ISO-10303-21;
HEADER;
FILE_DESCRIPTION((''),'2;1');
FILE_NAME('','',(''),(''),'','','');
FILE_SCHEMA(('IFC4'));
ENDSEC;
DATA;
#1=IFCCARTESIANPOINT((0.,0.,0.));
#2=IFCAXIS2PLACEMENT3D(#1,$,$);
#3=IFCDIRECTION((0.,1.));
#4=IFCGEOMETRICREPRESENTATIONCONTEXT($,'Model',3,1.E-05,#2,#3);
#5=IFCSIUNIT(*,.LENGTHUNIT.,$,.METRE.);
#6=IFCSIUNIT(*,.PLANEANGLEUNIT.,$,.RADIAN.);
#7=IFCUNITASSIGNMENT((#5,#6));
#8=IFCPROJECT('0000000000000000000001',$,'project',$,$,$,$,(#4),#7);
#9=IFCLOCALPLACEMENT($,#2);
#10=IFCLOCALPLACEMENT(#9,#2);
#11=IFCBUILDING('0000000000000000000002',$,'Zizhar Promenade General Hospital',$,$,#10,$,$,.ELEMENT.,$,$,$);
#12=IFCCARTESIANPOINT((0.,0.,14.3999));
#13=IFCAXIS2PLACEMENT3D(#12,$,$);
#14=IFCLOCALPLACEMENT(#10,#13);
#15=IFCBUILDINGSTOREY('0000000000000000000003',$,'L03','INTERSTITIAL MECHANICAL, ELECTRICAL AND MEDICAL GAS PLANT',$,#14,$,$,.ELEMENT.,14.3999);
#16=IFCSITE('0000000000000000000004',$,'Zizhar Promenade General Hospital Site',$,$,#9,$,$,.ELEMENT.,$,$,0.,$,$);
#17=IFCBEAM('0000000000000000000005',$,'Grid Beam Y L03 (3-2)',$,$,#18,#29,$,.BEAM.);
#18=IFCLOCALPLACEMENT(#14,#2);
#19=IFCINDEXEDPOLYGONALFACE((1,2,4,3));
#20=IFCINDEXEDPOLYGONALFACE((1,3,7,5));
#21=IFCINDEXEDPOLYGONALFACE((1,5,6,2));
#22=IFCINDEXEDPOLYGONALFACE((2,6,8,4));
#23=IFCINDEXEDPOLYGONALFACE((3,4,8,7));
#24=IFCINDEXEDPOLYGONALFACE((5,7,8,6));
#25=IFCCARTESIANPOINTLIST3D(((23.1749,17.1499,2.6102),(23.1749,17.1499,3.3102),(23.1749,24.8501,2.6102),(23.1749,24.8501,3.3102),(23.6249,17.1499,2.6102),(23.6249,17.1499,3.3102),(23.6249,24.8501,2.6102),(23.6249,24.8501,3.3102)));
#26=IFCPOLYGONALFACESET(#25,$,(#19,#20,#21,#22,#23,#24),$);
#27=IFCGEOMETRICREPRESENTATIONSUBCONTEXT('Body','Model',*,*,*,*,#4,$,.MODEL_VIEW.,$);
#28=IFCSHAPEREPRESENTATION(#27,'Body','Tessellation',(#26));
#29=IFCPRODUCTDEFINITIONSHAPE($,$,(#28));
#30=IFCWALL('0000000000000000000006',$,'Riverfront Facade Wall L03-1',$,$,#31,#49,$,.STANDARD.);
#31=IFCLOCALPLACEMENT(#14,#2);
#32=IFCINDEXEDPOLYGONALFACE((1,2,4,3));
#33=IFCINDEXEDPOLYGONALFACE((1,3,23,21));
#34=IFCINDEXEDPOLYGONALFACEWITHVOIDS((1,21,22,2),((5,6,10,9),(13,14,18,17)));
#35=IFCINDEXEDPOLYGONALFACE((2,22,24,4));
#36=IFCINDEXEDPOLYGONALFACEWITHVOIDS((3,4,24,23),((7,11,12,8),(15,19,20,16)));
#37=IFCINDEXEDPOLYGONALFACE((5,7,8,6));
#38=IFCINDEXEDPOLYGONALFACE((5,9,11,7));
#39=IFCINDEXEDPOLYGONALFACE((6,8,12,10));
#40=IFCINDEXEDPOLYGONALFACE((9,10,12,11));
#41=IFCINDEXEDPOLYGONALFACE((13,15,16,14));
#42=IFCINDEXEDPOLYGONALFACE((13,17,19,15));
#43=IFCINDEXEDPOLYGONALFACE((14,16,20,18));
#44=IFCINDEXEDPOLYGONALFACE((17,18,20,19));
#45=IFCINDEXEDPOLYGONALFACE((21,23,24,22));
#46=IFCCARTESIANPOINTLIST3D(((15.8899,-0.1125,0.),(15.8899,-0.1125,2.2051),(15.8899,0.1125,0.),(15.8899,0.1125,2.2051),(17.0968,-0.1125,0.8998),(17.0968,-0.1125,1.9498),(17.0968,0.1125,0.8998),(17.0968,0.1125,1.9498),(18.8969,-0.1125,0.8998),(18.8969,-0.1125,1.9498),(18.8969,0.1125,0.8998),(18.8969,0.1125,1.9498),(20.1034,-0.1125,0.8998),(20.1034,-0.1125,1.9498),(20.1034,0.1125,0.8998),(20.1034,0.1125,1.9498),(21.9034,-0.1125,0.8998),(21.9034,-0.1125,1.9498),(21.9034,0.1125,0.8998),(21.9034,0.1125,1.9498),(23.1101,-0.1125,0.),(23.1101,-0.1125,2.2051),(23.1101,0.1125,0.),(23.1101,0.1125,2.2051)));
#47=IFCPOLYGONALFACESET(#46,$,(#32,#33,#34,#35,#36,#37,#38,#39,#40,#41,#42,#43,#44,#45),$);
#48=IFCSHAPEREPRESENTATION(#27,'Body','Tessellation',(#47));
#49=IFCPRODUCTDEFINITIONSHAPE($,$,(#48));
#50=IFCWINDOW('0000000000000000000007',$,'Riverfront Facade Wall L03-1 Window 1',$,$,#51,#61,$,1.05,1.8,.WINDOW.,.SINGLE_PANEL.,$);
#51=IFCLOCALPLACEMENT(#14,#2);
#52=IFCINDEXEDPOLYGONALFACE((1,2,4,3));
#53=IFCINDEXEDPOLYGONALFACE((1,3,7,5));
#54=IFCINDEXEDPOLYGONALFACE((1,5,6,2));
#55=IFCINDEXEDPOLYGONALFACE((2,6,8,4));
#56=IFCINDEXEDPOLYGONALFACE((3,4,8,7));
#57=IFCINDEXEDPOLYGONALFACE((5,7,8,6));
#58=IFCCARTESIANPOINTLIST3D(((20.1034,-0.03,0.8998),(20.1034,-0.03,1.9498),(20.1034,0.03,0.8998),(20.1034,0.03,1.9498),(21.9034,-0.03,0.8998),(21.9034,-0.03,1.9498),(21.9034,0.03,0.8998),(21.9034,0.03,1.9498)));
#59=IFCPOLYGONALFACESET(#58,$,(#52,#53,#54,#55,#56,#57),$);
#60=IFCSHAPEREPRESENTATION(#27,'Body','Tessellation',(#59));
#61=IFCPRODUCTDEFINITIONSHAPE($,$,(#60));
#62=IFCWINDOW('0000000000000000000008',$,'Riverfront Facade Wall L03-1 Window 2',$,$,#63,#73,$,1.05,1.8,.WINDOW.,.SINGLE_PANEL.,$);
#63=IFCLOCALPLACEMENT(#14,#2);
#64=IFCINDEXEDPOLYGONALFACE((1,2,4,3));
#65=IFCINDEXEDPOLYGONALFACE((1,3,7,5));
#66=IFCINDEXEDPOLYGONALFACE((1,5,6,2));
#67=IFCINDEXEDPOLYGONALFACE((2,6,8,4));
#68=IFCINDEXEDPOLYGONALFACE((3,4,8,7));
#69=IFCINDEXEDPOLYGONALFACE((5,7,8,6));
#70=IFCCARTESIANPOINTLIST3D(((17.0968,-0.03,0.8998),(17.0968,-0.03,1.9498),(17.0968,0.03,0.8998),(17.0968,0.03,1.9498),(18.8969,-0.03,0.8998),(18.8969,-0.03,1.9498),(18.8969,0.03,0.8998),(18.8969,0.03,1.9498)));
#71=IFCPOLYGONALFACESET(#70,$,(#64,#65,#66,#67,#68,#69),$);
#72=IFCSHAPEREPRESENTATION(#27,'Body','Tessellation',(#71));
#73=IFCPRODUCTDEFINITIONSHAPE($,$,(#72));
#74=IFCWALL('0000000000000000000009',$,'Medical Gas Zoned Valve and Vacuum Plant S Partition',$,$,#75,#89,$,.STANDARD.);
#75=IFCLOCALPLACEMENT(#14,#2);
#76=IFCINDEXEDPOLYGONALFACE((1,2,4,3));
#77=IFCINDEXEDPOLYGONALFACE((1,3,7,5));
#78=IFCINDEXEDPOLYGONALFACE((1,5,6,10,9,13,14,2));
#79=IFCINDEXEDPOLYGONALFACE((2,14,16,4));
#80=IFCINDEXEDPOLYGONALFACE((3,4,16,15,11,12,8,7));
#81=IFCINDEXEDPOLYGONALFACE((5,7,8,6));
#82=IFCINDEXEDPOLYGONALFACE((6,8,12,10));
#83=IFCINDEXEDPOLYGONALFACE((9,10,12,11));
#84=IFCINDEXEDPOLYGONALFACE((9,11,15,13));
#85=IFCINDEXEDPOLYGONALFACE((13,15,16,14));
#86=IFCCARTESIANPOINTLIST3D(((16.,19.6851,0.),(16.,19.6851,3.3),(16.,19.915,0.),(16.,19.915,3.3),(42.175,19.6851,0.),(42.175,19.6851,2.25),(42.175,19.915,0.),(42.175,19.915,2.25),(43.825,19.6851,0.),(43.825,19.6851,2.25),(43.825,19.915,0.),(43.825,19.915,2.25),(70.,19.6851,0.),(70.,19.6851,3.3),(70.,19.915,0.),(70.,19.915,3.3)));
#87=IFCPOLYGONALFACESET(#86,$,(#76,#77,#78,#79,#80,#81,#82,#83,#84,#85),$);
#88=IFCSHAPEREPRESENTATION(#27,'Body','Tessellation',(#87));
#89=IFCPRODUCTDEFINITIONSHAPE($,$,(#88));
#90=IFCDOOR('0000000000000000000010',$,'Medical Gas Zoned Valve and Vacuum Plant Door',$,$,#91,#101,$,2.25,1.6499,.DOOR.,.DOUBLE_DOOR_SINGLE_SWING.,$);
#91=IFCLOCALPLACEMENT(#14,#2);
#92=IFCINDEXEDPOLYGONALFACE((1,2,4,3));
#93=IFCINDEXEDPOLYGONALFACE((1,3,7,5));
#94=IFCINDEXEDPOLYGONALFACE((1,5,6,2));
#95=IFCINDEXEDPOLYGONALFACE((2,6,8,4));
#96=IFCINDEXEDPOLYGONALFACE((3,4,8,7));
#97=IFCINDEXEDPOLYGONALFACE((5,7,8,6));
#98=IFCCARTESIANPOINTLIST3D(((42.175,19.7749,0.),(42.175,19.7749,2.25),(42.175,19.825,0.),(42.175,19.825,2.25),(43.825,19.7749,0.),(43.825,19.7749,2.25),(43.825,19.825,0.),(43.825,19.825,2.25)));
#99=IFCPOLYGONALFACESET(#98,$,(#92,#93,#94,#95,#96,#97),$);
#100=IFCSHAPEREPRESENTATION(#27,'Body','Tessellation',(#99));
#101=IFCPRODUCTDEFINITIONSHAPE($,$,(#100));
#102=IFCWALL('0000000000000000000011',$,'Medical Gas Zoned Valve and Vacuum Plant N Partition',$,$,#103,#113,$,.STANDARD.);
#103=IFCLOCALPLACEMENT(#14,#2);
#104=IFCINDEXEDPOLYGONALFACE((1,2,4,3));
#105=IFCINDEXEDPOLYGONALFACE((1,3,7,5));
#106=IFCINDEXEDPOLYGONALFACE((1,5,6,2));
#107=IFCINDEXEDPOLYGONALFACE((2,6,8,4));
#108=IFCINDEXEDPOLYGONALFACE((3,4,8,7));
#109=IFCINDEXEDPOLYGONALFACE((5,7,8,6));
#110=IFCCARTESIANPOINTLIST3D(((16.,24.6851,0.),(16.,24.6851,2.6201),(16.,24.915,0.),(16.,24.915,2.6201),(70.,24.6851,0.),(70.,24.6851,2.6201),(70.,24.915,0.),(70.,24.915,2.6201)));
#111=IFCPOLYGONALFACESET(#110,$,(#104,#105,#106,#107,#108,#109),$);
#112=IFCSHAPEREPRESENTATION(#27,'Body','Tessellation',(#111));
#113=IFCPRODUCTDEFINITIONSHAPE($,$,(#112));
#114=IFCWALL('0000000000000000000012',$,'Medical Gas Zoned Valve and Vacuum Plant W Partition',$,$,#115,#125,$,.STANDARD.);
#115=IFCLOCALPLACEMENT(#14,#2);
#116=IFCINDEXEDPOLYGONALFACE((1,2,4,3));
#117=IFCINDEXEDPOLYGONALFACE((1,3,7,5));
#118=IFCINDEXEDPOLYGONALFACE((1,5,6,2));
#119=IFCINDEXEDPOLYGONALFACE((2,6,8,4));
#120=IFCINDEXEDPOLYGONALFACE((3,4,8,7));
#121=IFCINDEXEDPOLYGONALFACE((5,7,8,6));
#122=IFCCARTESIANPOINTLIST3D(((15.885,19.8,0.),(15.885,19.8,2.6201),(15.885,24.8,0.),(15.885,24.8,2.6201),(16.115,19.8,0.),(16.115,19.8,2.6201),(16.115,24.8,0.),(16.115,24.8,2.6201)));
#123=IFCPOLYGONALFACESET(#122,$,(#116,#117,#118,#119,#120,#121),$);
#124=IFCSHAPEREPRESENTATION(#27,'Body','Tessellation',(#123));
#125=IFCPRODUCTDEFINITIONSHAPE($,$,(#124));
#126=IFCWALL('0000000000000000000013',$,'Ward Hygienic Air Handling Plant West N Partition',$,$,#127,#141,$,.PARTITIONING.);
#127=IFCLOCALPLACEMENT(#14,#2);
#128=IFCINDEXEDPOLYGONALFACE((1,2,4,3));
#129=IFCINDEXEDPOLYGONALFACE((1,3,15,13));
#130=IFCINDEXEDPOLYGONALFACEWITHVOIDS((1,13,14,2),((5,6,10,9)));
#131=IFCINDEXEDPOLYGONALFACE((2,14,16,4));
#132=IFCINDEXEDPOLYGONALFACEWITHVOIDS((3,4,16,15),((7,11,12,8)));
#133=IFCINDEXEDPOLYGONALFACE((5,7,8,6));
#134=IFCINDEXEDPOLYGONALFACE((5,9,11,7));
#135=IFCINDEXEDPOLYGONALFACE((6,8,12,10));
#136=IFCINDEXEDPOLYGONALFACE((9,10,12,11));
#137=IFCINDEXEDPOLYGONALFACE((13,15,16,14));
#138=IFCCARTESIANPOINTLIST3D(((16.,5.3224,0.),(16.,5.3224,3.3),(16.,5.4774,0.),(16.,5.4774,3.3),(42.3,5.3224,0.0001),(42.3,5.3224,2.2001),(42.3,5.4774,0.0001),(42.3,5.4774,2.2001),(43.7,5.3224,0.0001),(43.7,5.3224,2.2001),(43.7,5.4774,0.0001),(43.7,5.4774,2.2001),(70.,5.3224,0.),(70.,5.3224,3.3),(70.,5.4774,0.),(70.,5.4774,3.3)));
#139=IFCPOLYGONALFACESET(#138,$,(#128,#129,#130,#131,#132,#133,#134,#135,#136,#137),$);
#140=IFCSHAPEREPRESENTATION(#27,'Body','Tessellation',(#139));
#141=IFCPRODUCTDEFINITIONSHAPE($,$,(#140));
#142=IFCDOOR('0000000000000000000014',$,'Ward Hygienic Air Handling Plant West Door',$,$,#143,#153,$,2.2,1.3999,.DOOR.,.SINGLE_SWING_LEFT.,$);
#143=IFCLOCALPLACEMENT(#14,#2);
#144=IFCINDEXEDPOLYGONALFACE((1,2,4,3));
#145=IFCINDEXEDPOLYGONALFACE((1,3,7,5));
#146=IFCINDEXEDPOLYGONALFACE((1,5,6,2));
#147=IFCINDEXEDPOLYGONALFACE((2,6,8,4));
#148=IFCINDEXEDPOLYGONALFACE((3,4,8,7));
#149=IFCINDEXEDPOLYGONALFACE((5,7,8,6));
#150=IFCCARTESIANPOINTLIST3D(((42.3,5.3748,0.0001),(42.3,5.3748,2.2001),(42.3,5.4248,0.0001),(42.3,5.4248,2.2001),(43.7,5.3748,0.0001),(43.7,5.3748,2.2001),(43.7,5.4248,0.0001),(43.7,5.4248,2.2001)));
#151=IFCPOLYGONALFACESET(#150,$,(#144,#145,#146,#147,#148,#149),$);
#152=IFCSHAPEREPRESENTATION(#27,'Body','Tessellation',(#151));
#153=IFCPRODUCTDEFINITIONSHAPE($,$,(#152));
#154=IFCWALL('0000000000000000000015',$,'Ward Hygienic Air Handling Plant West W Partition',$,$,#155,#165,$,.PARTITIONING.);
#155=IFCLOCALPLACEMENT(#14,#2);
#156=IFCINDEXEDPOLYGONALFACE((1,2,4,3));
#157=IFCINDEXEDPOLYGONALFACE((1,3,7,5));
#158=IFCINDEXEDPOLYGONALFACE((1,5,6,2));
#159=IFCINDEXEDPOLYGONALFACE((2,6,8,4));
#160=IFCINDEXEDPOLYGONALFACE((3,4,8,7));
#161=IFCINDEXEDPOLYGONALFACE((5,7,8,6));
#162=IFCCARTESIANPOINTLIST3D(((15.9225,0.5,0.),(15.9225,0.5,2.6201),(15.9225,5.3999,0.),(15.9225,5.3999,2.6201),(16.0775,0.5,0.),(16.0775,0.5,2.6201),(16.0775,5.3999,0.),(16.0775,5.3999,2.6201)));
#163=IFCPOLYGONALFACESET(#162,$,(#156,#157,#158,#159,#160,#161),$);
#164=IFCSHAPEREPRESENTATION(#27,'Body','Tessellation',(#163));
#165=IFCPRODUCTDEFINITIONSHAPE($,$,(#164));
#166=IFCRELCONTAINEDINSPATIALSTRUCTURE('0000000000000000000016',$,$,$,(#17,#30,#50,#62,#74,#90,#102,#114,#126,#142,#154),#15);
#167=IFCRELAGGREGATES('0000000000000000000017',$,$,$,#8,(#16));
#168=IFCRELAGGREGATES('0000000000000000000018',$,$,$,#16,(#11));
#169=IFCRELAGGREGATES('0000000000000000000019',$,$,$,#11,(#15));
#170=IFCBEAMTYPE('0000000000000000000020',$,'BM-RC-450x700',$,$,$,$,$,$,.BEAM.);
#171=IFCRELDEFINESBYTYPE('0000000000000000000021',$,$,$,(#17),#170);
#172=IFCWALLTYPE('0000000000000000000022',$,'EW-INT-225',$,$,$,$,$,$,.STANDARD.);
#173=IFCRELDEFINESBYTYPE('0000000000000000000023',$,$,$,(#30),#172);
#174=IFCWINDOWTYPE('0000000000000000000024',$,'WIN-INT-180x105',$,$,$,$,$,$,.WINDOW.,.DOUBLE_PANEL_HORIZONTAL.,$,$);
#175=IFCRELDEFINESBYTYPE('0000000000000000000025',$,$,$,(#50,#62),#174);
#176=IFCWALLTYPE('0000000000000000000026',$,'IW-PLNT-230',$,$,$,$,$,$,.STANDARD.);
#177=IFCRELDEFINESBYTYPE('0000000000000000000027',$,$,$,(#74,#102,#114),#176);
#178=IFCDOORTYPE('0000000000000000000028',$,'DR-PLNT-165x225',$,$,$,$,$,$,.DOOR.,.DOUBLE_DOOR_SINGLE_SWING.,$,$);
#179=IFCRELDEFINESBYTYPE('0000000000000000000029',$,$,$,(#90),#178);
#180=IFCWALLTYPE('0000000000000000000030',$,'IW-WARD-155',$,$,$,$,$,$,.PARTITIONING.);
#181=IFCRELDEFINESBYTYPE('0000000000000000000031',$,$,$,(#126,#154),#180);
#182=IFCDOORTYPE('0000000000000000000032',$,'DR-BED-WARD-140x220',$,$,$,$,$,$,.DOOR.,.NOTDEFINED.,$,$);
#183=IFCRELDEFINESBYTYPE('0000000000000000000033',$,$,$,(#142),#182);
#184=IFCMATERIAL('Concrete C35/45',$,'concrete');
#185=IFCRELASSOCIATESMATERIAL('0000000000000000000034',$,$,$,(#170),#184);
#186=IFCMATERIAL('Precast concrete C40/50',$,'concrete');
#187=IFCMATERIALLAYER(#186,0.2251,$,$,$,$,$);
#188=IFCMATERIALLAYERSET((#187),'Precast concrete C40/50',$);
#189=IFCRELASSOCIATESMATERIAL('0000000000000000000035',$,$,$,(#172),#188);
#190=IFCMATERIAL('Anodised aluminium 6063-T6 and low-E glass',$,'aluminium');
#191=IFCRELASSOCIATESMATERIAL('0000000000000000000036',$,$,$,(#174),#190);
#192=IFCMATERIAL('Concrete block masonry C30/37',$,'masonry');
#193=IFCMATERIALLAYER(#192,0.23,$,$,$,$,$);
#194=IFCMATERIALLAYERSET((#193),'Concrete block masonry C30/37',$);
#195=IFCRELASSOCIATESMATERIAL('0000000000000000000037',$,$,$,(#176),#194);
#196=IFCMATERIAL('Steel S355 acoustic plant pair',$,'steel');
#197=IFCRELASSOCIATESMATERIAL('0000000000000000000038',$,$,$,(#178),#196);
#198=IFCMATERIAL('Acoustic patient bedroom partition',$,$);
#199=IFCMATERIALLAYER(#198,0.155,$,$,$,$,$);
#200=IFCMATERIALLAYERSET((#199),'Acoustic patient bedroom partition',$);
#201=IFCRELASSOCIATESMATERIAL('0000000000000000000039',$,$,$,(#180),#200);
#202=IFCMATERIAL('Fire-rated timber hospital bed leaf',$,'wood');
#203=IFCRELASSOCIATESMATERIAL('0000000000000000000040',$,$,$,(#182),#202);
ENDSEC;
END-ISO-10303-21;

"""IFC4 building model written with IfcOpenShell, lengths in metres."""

from ifc_helpers import new_model, si_unit, direction, frame, frame_2d, origin, origin_2d, place, context, subcontext, project, spatial, rectangle, extrude, material, layer, layer_set, material_profile, profile_set, type_object, element, fill, save


model = new_model("IFC4")

# Units and contexts
model_context = context("Model", 3, precision=1e-05, world=origin(), true_north=direction((0.0, 1.0)))
body_context = subcontext(model_context, "Body", "Model", "MODEL_VIEW")
ifc_project = project(units=[si_unit("LENGTHUNIT", "METRE"), si_unit("PLANEANGLEUNIT", "RADIAN")], contexts=[model_context])

# Site, building, storey
site_placement = place(None, origin())
site = spatial("IfcSite", under=ifc_project, at=site_placement, Name="Zizhar Promenade General Hospital Site", CompositionType="ELEMENT", RefElevation=0.0)
building_placement = place(site_placement, origin())
building = spatial("IfcBuilding", under=site, at=building_placement, Name="Zizhar Promenade General Hospital", CompositionType="ELEMENT")
storey_placement = place(building_placement, frame((0.0, 0.0, 14.3999)))
storey = spatial("IfcBuildingStorey", under=building, at=storey_placement, Name="L03", Description="INTERSTITIAL MECHANICAL, ELECTRICAL AND MEDICAL GAS PLANT", CompositionType="ELEMENT", Elevation=14.3999)

# Beam
ifc_material_1 = material(Name="Concrete C35/45", Category="concrete")
ifc_material_profile_1 = material_profile(ifc_material_1, rectangle(XDim=0.45, YDim=0.7, at=origin_2d()))
ifc_profile_set_1 = profile_set([ifc_material_profile_1], Name="Concrete C35/45")
beam_type_1 = type_object("IfcBeamType", Name="BM-RC-450x700", PredefinedType="BEAM", material=ifc_profile_set_1)
beam_1_placement = place(storey_placement, frame((23.3999, 17.1499, 2.9602), z_axis=(0.0, 1.0, 0.0), x_axis=(-1.0, 0.0, 0.0)))
element("IfcBeam", 1, at=beam_1_placement, inside=storey, type_object=beam_type_1, Name="Grid Beam Y L03 (3-2)", PredefinedType="BEAM", context=body_context, shape_type="SweptSolid", body=[
    extrude(rectangle(XDim=0.45, YDim=0.7, at=origin_2d()), origin(), (0.0, 0.0, 1.0), 7.7002),
])

# Wall, openings, windows
ifc_material_2 = material(Name="Precast concrete C40/50", Category="concrete")
ifc_layer_1 = layer(ifc_material_2, 0.2251)
ifc_layer_set_1 = layer_set([ifc_layer_1], Name="Precast concrete C40/50")
wall_type_1 = type_object("IfcWallType", Name="EW-INT-225", PredefinedType="STANDARD", material=ifc_layer_set_1)
wall_1_placement = place(storey_placement, frame((23.1101, 0.0, 0.0), z_axis=(0.0, 0.0, 1.0), x_axis=(-1.0, 0.0, 0.0)))
wall_1 = element("IfcWall", 2, at=wall_1_placement, inside=storey, type_object=wall_type_1, Name="Riverfront Facade Wall L03-1", PredefinedType="STANDARD", context=body_context, shape_type="SweptSolid", body=[
    extrude(rectangle(XDim=7.2202, YDim=0.2251, at=frame_2d((3.6101, 0.0))), origin(), (0.0, 0.0, 1.0), 2.2051),
])
opening_1_placement = place(wall_1_placement, frame((1.2068, 0.0, 0.8999)))
opening_1 = element("IfcOpeningElement", 3, at=opening_1_placement, cuts=wall_1, PredefinedType="OPENING", context=body_context, shape_type="SweptSolid", body=[
    extrude(rectangle(XDim=1.8, YDim=1.05, at=frame_2d((0.8999, 0.5249))), frame((0.0, 0.1226, 0.0), z_axis=(0.0, -1.0, 0.0), x_axis=(1.0, 0.0, 0.0)), (0.0, 0.0, 1.0), 0.2451),
])
opening_2_placement = place(wall_1_placement, frame((4.2134, 0.0, 0.8999)))
opening_2 = element("IfcOpeningElement", 4, at=opening_2_placement, cuts=wall_1, PredefinedType="OPENING", context=body_context, shape_type="SweptSolid", body=[
    extrude(rectangle(XDim=1.8, YDim=1.05, at=frame_2d((0.8999, 0.5249))), frame((0.0, 0.1226, 0.0), z_axis=(0.0, -1.0, 0.0), x_axis=(1.0, 0.0, 0.0)), (0.0, 0.0, 1.0), 0.2451),
])
ifc_material_3 = material(Name="Anodised aluminium 6063-T6 and low-E glass", Category="aluminium")
window_type = type_object("IfcWindowType", Name="WIN-INT-180x105", PartitioningType="DOUBLE_PANEL_HORIZONTAL", PredefinedType="WINDOW", material=ifc_material_3)
window_1_placement = place(opening_1_placement, origin())
window_1 = element("IfcWindow", 5, at=window_1_placement, inside=storey, type_object=window_type, Name="Riverfront Facade Wall L03-1 Window 1", OverallHeight=1.05, OverallWidth=1.8, PartitioningType="SINGLE_PANEL", PredefinedType="WINDOW", context=body_context, shape_type="SweptSolid", body=[
    extrude(rectangle(XDim=1.8, YDim=1.05, at=frame_2d((0.8999, 0.5249))), frame((0.0, 0.03, 0.0), z_axis=(0.0, -1.0, 0.0), x_axis=(1.0, 0.0, 0.0)), (0.0, 0.0, 1.0), 0.0601),
])
fill(opening_1, window_1)
window_2_placement = place(opening_2_placement, origin())
window_2 = element("IfcWindow", 6, at=window_2_placement, inside=storey, type_object=window_type, Name="Riverfront Facade Wall L03-1 Window 2", OverallHeight=1.05, OverallWidth=1.8, PartitioningType="SINGLE_PANEL", PredefinedType="WINDOW", context=body_context, shape_type="SweptSolid", body=[
    extrude(rectangle(XDim=1.8, YDim=1.05, at=frame_2d((0.8999, 0.5249))), frame((0.0, 0.03, 0.0), z_axis=(0.0, -1.0, 0.0), x_axis=(1.0, 0.0, 0.0)), (0.0, 0.0, 1.0), 0.0601),
])
fill(opening_2, window_2)

# Wall, opening, door
ifc_material_4 = material(Name="Concrete block masonry C30/37", Category="masonry")
ifc_layer_2 = layer(ifc_material_4, 0.23)
ifc_layer_set_2 = layer_set([ifc_layer_2], Name="Concrete block masonry C30/37")
wall_type_2 = type_object("IfcWallType", Name="IW-PLNT-230", PredefinedType="STANDARD", material=ifc_layer_set_2)
wall_2_placement = place(storey_placement, frame((16.0, 19.8, 0.0), z_axis=(0.0, 0.0, 1.0), x_axis=(1.0, 0.0, 0.0)))
wall_2 = element("IfcWall", 7, at=wall_2_placement, inside=storey, type_object=wall_type_2, Name="Medical Gas Zoned Valve and Vacuum Plant S Partition", PredefinedType="STANDARD", context=body_context, shape_type="SweptSolid", body=[
    extrude(rectangle(XDim=54.0, YDim=0.23, at=frame_2d((27.0, 0.0))), origin(), (0.0, 0.0, 1.0), 3.3),
])
opening_3_placement = place(wall_2_placement, frame((26.175, 0.0, 0.0)))
opening_3 = element("IfcOpeningElement", 8, at=opening_3_placement, cuts=wall_2, PredefinedType="OPENING", context=body_context, shape_type="SweptSolid", body=[
    extrude(rectangle(XDim=1.6499, YDim=2.25, at=frame_2d((0.825, 1.125))), frame((0.0, 0.125, 0.0), z_axis=(0.0, -1.0, 0.0), x_axis=(1.0, 0.0, 0.0)), (0.0, 0.0, 1.0), 0.25),
])
ifc_material_5 = material(Name="Steel S355 acoustic plant pair", Category="steel")
door_type_1 = type_object("IfcDoorType", Name="DR-PLNT-165x225", OperationType="DOUBLE_DOOR_SINGLE_SWING", PredefinedType="DOOR", material=ifc_material_5)
door_1_placement = place(opening_3_placement, origin())
door_1 = element("IfcDoor", 9, at=door_1_placement, inside=storey, type_object=door_type_1, Name="Medical Gas Zoned Valve and Vacuum Plant Door", OperationType="DOUBLE_DOOR_SINGLE_SWING", OverallHeight=2.25, OverallWidth=1.6499, PredefinedType="DOOR", context=body_context, shape_type="SweptSolid", body=[
    extrude(rectangle(XDim=1.6499, YDim=2.25, at=frame_2d((0.825, 1.125))), frame((0.0, 0.0249, 0.0), z_axis=(0.0, -1.0, 0.0), x_axis=(1.0, 0.0, 0.0)), (0.0, 0.0, 1.0), 0.05),
])
fill(opening_3, door_1)

# Walls
wall_3_placement = place(storey_placement, frame((16.0, 24.8, 0.0), z_axis=(0.0, 0.0, 1.0), x_axis=(1.0, 0.0, 0.0)))
element("IfcWall", 10, at=wall_3_placement, inside=storey, type_object=wall_type_2, Name="Medical Gas Zoned Valve and Vacuum Plant N Partition", PredefinedType="STANDARD", context=body_context, shape_type="SweptSolid", body=[
    extrude(rectangle(XDim=54.0, YDim=0.23, at=frame_2d((27.0, 0.0))), origin(), (0.0, 0.0, 1.0), 2.6201),
])
wall_4_placement = place(storey_placement, frame((16.0, 19.8, 0.0), z_axis=(0.0, 0.0, 1.0), x_axis=(0.0, 1.0, 0.0)))
element("IfcWall", 11, at=wall_4_placement, inside=storey, type_object=wall_type_2, Name="Medical Gas Zoned Valve and Vacuum Plant W Partition", PredefinedType="STANDARD", context=body_context, shape_type="SweptSolid", body=[
    extrude(rectangle(XDim=5.0, YDim=0.23, at=frame_2d((2.5, 0.0))), origin(), (0.0, 0.0, 1.0), 2.6201),
])

# Wall, opening, door
ifc_material_6 = material(Name="Acoustic patient bedroom partition")
ifc_layer_3 = layer(ifc_material_6, 0.155)
ifc_layer_set_3 = layer_set([ifc_layer_3], Name="Acoustic patient bedroom partition")
wall_type_3 = type_object("IfcWallType", Name="IW-WARD-155", PredefinedType="PARTITIONING", material=ifc_layer_set_3)
wall_5_placement = place(storey_placement, frame((16.0, 5.3999, 0.0), z_axis=(0.0, 0.0, 1.0), x_axis=(1.0, 0.0, 0.0)))
wall_5 = element("IfcWall", 12, at=wall_5_placement, inside=storey, type_object=wall_type_3, Name="Ward Hygienic Air Handling Plant West N Partition", PredefinedType="PARTITIONING", context=body_context, shape_type="SweptSolid", body=[
    extrude(rectangle(XDim=54.0, YDim=0.155, at=frame_2d((27.0, 0.0))), origin(), (0.0, 0.0, 1.0), 3.3),
])
opening_4_placement = place(wall_5_placement, frame((26.3, 0.0, 0.0)))
opening_4 = element("IfcOpeningElement", 13, at=opening_4_placement, cuts=wall_5, PredefinedType="OPENING", context=body_context, shape_type="SweptSolid", body=[
    extrude(rectangle(XDim=1.3999, YDim=2.2, at=frame_2d((0.7, 1.1001))), frame((0.0, 0.0874, 0.0), z_axis=(0.0, -1.0, 0.0), x_axis=(1.0, 0.0, 0.0)), (0.0, 0.0, 1.0), 0.175),
])
ifc_material_7 = material(Name="Fire-rated timber hospital bed leaf", Category="wood")
door_type_2 = type_object("IfcDoorType", Name="DR-BED-WARD-140x220", OperationType="NOTDEFINED", PredefinedType="DOOR", material=ifc_material_7)
door_2_placement = place(opening_4_placement, origin())
door_2 = element("IfcDoor", 14, at=door_2_placement, inside=storey, type_object=door_type_2, Name="Ward Hygienic Air Handling Plant West Door", OperationType="SINGLE_SWING_LEFT", OverallHeight=2.2, OverallWidth=1.3999, PredefinedType="DOOR", context=body_context, shape_type="SweptSolid", body=[
    extrude(rectangle(XDim=1.3999, YDim=2.2, at=frame_2d((0.7, 1.1001))), frame((0.0, 0.0249, 0.0), z_axis=(0.0, -1.0, 0.0), x_axis=(1.0, 0.0, 0.0)), (0.0, 0.0, 1.0), 0.05),
])
fill(opening_4, door_2)

# Wall
wall_6_placement = place(storey_placement, frame((16.0, 0.5, 0.0), z_axis=(0.0, 0.0, 1.0), x_axis=(0.0, 1.0, 0.0)))
element("IfcWall", 15, at=wall_6_placement, inside=storey, type_object=wall_type_3, Name="Ward Hygienic Air Handling Plant West W Partition", PredefinedType="PARTITIONING", context=body_context, shape_type="SweptSolid", body=[
    extrude(rectangle(XDim=4.8999, YDim=0.155, at=frame_2d((2.45, 0.0))), origin(), (0.0, 0.0, 1.0), 2.6201),
])

save(model, "model.ifc")
